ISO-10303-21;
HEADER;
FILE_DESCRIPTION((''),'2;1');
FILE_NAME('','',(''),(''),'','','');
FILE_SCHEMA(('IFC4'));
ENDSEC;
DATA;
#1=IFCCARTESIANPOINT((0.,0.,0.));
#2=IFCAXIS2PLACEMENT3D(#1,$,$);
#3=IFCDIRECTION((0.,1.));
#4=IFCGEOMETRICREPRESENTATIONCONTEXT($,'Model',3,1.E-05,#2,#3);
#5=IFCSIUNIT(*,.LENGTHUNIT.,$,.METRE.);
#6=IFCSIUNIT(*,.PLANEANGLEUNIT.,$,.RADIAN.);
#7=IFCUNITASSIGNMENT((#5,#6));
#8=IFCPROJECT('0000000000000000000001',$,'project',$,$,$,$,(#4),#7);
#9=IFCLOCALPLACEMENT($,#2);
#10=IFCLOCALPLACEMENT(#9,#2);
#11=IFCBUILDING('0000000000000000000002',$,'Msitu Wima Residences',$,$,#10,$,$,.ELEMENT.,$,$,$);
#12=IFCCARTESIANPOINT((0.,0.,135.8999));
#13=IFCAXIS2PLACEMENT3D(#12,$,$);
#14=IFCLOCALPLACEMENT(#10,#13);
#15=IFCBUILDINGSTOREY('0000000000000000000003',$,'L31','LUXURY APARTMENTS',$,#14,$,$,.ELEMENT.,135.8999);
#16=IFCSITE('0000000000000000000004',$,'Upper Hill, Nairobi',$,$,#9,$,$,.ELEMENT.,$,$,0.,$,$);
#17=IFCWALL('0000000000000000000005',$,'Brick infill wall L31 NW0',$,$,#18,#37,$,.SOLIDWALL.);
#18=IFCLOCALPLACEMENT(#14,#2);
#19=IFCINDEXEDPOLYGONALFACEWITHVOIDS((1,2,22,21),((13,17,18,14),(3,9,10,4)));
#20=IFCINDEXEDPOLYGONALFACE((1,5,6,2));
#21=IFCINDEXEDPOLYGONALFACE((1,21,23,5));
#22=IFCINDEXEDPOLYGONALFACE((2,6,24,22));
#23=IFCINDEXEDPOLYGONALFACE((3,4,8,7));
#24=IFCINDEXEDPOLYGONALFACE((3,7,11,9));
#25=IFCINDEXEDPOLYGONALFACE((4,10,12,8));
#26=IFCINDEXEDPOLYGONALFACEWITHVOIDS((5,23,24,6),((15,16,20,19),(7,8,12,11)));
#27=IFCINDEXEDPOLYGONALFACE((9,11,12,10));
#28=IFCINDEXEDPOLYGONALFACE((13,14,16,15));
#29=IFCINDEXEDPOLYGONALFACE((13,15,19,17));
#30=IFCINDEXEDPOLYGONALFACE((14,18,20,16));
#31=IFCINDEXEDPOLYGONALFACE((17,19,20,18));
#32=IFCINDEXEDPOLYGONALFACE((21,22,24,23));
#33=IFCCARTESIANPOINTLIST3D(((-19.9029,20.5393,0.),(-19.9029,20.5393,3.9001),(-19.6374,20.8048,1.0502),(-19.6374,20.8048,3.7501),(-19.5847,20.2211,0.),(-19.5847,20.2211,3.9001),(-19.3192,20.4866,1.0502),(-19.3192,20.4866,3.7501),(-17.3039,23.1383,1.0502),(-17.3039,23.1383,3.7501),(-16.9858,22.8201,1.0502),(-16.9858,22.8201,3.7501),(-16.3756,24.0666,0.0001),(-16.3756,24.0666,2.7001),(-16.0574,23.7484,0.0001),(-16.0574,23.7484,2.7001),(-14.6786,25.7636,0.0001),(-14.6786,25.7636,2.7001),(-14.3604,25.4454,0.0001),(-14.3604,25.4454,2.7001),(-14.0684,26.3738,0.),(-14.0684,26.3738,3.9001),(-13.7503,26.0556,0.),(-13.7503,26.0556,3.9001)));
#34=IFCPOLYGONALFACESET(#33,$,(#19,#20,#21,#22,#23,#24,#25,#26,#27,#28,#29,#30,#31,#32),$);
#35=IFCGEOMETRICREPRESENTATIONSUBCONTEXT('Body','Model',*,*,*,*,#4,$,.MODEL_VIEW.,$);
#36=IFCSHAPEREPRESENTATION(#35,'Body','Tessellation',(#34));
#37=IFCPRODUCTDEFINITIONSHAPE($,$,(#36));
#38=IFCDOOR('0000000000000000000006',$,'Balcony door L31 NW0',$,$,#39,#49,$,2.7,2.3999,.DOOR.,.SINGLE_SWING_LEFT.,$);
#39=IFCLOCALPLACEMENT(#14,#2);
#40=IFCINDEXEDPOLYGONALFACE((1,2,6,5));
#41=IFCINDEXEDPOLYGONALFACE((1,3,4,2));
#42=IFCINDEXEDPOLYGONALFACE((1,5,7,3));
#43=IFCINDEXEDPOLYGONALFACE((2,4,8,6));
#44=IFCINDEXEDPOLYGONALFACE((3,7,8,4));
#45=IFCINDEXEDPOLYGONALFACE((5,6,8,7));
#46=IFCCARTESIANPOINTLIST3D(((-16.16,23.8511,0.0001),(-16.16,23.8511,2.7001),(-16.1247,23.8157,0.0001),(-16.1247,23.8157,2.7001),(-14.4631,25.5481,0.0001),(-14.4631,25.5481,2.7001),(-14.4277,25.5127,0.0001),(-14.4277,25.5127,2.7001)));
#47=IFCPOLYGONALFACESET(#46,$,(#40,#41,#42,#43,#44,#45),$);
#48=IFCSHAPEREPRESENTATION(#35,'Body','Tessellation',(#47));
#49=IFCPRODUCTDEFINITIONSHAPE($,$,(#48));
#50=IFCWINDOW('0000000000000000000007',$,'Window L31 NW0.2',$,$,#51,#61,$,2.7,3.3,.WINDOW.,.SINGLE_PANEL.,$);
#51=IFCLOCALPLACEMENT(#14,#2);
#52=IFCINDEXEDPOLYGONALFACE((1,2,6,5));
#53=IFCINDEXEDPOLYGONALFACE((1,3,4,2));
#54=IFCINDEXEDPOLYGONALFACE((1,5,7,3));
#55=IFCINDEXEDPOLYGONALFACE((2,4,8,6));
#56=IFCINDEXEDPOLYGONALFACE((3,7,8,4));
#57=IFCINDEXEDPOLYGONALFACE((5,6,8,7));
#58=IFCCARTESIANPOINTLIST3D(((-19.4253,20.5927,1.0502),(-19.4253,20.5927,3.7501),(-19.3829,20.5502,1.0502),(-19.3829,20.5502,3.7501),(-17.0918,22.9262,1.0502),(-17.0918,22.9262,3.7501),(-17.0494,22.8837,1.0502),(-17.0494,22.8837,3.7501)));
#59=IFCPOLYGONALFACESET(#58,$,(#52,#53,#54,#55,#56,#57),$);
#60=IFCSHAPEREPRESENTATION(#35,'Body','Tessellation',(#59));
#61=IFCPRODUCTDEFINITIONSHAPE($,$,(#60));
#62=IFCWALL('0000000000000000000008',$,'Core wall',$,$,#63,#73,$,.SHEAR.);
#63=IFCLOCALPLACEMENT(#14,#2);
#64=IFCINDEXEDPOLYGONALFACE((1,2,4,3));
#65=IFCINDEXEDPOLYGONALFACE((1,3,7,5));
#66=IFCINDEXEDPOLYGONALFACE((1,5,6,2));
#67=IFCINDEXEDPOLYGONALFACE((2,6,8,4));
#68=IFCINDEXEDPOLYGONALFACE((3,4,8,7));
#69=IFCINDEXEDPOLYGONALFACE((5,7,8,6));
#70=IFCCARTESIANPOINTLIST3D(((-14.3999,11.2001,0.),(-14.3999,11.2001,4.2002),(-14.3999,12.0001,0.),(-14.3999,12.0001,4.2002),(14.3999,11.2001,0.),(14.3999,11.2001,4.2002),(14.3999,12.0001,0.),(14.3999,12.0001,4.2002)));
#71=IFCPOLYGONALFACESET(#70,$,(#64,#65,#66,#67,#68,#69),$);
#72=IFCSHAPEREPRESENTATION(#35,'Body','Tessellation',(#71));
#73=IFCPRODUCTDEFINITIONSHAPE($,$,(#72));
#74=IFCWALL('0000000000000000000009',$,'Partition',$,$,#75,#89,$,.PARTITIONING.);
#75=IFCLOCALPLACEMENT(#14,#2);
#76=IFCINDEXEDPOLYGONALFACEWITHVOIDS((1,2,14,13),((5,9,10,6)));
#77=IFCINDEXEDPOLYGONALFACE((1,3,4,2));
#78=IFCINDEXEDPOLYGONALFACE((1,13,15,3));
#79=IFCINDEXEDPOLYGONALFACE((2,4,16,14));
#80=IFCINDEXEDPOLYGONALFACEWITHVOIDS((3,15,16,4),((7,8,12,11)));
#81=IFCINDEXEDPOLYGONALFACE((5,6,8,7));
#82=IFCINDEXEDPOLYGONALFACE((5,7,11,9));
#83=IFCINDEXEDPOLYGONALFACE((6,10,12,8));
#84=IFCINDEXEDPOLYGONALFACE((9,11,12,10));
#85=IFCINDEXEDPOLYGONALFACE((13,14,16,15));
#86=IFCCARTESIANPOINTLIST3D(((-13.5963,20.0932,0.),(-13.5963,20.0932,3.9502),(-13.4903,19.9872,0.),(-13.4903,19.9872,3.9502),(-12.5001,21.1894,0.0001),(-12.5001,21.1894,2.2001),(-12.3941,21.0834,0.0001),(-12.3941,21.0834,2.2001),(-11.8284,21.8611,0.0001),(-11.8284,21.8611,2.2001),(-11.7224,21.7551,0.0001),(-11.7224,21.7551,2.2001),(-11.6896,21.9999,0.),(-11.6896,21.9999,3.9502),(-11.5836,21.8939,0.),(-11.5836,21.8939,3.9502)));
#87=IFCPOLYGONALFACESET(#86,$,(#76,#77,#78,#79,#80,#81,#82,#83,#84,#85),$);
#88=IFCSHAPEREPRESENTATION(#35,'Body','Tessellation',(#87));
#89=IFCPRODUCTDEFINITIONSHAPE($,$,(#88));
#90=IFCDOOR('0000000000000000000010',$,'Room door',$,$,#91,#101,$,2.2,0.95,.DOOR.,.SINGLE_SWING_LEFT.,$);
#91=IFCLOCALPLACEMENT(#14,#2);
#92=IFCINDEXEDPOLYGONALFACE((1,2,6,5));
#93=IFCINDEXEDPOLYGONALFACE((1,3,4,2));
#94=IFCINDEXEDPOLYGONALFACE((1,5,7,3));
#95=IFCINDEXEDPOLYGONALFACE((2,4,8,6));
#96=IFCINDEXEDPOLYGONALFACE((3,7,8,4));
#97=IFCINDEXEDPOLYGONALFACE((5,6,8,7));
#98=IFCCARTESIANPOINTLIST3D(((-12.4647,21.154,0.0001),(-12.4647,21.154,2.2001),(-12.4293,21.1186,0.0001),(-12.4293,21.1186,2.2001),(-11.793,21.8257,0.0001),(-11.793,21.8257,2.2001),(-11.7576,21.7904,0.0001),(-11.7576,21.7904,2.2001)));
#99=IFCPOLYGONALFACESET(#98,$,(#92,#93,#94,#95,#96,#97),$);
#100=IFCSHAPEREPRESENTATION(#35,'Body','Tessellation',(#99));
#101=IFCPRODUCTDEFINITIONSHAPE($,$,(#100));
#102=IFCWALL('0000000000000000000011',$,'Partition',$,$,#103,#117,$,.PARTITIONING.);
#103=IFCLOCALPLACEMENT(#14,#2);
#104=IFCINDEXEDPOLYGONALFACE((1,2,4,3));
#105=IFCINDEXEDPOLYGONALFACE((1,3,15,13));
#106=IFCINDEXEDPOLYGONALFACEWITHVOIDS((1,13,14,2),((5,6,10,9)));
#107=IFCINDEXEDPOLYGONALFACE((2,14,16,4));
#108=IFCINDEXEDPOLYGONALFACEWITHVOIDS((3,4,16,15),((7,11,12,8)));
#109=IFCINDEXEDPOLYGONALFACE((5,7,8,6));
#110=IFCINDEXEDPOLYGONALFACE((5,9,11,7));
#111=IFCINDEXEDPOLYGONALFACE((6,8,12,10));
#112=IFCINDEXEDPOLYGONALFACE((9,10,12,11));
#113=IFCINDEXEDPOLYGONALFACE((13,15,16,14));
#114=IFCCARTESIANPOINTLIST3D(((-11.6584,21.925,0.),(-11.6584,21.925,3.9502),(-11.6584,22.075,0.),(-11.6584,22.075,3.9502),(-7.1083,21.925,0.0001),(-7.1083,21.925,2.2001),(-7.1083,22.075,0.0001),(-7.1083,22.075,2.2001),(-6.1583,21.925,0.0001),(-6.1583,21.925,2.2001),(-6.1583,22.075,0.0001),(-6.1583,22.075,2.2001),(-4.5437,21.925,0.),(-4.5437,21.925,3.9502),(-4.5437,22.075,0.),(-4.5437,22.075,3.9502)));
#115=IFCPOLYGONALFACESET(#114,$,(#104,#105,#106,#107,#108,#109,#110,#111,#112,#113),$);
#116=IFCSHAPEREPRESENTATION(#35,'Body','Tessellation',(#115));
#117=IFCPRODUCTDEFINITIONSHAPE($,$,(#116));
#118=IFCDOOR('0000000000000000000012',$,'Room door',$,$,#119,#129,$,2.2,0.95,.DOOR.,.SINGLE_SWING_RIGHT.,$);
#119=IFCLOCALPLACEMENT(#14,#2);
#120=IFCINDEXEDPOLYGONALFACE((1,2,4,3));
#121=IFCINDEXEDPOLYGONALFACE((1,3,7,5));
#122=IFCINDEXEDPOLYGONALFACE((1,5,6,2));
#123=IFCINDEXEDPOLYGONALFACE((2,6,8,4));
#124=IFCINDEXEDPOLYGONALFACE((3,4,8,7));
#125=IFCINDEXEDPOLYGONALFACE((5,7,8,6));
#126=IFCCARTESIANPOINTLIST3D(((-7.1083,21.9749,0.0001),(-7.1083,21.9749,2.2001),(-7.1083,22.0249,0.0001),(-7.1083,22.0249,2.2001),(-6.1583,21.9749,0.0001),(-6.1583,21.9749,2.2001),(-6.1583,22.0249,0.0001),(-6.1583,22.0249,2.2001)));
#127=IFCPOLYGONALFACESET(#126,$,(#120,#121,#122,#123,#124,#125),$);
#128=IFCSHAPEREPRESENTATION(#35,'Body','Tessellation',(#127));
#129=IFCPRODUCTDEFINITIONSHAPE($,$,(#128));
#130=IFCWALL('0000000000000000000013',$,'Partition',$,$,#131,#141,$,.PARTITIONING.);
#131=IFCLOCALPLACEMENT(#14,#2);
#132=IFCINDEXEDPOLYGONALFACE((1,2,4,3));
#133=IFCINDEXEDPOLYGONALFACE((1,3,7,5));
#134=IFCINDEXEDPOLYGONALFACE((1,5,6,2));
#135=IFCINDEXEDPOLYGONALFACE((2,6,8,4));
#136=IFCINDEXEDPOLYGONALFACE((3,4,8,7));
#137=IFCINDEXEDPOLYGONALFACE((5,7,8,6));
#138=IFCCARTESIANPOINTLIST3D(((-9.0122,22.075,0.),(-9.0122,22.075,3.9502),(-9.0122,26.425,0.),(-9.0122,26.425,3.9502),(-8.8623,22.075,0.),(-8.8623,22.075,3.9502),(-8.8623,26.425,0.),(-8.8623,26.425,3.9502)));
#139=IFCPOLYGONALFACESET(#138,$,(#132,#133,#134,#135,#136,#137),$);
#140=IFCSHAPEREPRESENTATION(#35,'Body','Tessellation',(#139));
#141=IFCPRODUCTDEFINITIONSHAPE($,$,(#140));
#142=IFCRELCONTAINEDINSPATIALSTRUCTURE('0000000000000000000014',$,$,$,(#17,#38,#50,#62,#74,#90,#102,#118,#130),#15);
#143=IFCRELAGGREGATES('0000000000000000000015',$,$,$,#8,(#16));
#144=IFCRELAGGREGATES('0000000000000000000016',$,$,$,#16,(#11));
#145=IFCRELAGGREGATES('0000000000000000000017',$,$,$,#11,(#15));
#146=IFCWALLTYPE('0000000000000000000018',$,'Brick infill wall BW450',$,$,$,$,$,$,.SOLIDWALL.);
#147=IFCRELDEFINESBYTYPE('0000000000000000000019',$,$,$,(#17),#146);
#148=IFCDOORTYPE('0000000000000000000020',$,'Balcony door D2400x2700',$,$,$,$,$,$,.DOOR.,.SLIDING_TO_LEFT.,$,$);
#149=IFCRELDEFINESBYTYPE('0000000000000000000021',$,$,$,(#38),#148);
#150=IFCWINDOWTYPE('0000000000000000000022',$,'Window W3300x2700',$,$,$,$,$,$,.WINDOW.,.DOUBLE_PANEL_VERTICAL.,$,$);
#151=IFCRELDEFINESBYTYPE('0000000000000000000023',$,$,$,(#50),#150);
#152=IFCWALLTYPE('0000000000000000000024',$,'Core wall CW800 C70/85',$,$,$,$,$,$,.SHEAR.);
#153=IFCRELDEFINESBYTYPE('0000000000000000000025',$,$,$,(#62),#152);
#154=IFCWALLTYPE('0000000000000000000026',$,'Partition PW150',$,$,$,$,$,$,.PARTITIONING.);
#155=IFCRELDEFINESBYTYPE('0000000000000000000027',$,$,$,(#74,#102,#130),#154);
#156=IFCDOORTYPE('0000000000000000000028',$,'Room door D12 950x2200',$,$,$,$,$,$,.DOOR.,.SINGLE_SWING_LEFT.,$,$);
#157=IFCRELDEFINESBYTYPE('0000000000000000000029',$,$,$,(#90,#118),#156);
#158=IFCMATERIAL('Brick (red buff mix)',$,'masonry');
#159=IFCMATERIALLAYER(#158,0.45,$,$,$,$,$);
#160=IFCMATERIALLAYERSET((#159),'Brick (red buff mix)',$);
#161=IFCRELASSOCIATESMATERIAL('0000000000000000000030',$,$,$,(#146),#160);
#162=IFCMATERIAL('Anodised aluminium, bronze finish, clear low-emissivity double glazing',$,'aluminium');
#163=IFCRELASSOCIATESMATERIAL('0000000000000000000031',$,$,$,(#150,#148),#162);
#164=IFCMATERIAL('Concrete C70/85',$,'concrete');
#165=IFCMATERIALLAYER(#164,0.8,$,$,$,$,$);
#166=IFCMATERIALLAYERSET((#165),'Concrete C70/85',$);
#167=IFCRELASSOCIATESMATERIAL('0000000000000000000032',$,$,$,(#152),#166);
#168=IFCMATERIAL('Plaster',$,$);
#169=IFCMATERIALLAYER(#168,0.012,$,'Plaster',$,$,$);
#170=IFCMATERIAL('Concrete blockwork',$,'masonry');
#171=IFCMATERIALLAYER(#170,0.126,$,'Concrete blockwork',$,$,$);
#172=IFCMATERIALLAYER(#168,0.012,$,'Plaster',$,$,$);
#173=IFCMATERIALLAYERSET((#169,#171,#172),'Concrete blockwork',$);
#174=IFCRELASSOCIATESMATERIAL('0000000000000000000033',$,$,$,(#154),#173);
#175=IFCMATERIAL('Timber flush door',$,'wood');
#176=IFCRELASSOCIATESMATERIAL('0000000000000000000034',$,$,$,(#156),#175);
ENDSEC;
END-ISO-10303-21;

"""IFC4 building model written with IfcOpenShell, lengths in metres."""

from ifc_helpers import new_model, si_unit, direction, frame, frame_2d, origin, place, context, subcontext, project, spatial, rectangle, extrude, material, layer, layer_set, type_object, element, fill, save


model = new_model("IFC4")

# Units and contexts
model_context = context("Model", 3, precision=1e-05, world=origin(), true_north=direction((0.0, 1.0)))
body_context = subcontext(model_context, "Body", "Model", "MODEL_VIEW")
ifc_project = project(units=[si_unit("LENGTHUNIT", "METRE"), si_unit("PLANEANGLEUNIT", "RADIAN")], contexts=[model_context])

# Site, building, storey
site_placement = place(None, origin())
site = spatial("IfcSite", under=ifc_project, at=site_placement, Name="Upper Hill, Nairobi", CompositionType="ELEMENT", RefElevation=0.0)
building_placement = place(site_placement, origin())
building = spatial("IfcBuilding", under=site, at=building_placement, Name="Msitu Wima Residences", CompositionType="ELEMENT")
storey_placement = place(building_placement, frame((0.0, 0.0, 135.8999)))
storey = spatial("IfcBuildingStorey", under=building, at=storey_placement, Name="L31", Description="LUXURY APARTMENTS", CompositionType="ELEMENT", Elevation=135.8999)

# Shared definitions
ifc_material_1 = material(Name="Concrete C70/85", Category="concrete")

# Shared definitions
ifc_material_2 = material(Name="Brick (red buff mix)", Category="masonry")
ifc_layer_1 = layer(ifc_material_2, 0.45)
ifc_layer_set_1 = layer_set([ifc_layer_1], Name="Brick (red buff mix)")
wall_type_1 = type_object("IfcWallType", Name="Brick infill wall BW450", PredefinedType="SOLIDWALL", material=ifc_layer_set_1)
ifc_material_3 = material(Name="Anodised aluminium, bronze finish, clear low-emissivity double glazing", Category="aluminium")
window_type = type_object("IfcWindowType", Name="Window W3300x2700", PartitioningType="DOUBLE_PANEL_VERTICAL", PredefinedType="WINDOW", material=ifc_material_3)

# Wall, openings, door, window
wall_1_placement = place(storey_placement, frame((-13.9094, 26.2146, 0.0), z_axis=(0.0, 0.0, 1.0), x_axis=(-0.707107, -0.707107, 0.0)))
wall_1 = element("IfcWall", 1, at=wall_1_placement, inside=storey, type_object=wall_type_1, Name="Brick infill wall L31 NW0", PredefinedType="SOLIDWALL", context=body_context, shape_type="SweptSolid", body=[
    extrude(rectangle(XDim=8.2512, YDim=0.45, at=frame_2d((4.1255, 0.0))), origin(), (0.0, 0.0, 1.0), 3.9001),
])
opening_1_placement = place(wall_1_placement, frame((0.8628, 0.0, 0.0)))
opening_1 = element("IfcOpeningElement", 2, at=opening_1_placement, cuts=wall_1, PredefinedType="OPENING", context=body_context, shape_type="SweptSolid", body=[
    extrude(rectangle(XDim=2.3999, YDim=2.7, at=frame_2d((1.2, 1.3501))), frame((0.0, 0.2349, 0.0), z_axis=(0.0, -1.0, 0.0), x_axis=(1.0, 0.0, 0.0)), (0.0, 0.0, 1.0), 0.47),
])
opening_2_placement = place(wall_1_placement, frame((4.5757, 0.0, 1.05)))
opening_2 = element("IfcOpeningElement", 3, at=opening_2_placement, cuts=wall_1, PredefinedType="OPENING", context=body_context, shape_type="SweptSolid", body=[
    extrude(rectangle(XDim=3.3, YDim=2.7, at=frame_2d((1.6499, 1.3501))), frame((0.0, 0.2349, 0.0), z_axis=(0.0, -1.0, 0.0), x_axis=(1.0, 0.0, 0.0)), (0.0, 0.0, 1.0), 0.47),
])
door_type_1 = type_object("IfcDoorType", Name="Balcony door D2400x2700", OperationType="SLIDING_TO_LEFT", PredefinedType="DOOR", material=ifc_material_3)
door_1_placement = place(opening_1_placement, origin())
door_1 = element("IfcDoor", 4, at=door_1_placement, inside=storey, type_object=door_type_1, Name="Balcony door L31 NW0", OperationType="SINGLE_SWING_LEFT", OverallHeight=2.7, OverallWidth=2.3999, PredefinedType="DOOR", context=body_context, shape_type="SweptSolid", body=[
    extrude(rectangle(XDim=2.3999, YDim=2.7, at=frame_2d((1.2, 1.3501))), frame((0.0, 0.1299, 0.0), z_axis=(0.0, -1.0, 0.0), x_axis=(1.0, 0.0, 0.0)), (0.0, 0.0, 1.0), 0.05),
])
fill(opening_1, door_1)
window_1_placement = place(opening_2_placement, origin())
window_1 = element("IfcWindow", 5, at=window_1_placement, inside=storey, type_object=window_type, Name="Window L31 NW0.2", OverallHeight=2.7, OverallWidth=3.3, PartitioningType="SINGLE_PANEL", PredefinedType="WINDOW", context=body_context, shape_type="SweptSolid", body=[
    extrude(rectangle(XDim=3.3, YDim=2.7, at=frame_2d((1.6499, 1.3501))), frame((0.0, 0.135, 0.0), z_axis=(0.0, -1.0, 0.0), x_axis=(1.0, 0.0, 0.0)), (0.0, 0.0, 1.0), 0.0601),
])
fill(opening_2, window_1)

# Wall
ifc_layer_2 = layer(ifc_material_1, 0.8)
ifc_layer_set_2 = layer_set([ifc_layer_2], Name="Concrete C70/85")
wall_type_2 = type_object("IfcWallType", Name="Core wall CW800 C70/85", PredefinedType="SHEAR", material=ifc_layer_set_2)
wall_2_placement = place(storey_placement, frame((-14.3999, 11.6001, 0.0), z_axis=(0.0, 0.0, 1.0), x_axis=(1.0, 0.0, 0.0)))
element("IfcWall", 6, at=wall_2_placement, inside=storey, type_object=wall_type_2, Name="Core wall", PredefinedType="SHEAR", context=body_context, shape_type="SweptSolid", body=[
    extrude(rectangle(XDim=28.7998, YDim=0.8, at=frame_2d((14.3999, 0.0))), origin(), (0.0, 0.0, 1.0), 4.2002),
])

# Walls, openings, doors
ifc_material_4 = material(Name="Plaster")
ifc_layer_3 = layer(ifc_material_4, 0.012, Name="Plaster")
ifc_material_5 = material(Name="Concrete blockwork", Category="masonry")
ifc_layer_4 = layer(ifc_material_5, 0.126, Name="Concrete blockwork")
ifc_layer_5 = layer(ifc_material_4, 0.012, Name="Plaster")
ifc_layer_set_3 = layer_set([ifc_layer_3, ifc_layer_4, ifc_layer_5], Name="Concrete blockwork")
wall_type_3 = type_object("IfcWallType", Name="Partition PW150", PredefinedType="PARTITIONING", material=ifc_layer_set_3)
wall_3_placement = place(storey_placement, frame((-13.5432, 20.0403, 0.0), z_axis=(0.0, 0.0, 1.0), x_axis=(0.707107, 0.707107, 0.0)))
wall_3 = element("IfcWall", 7, at=wall_3_placement, inside=storey, type_object=wall_type_3, Name="Partition", PredefinedType="PARTITIONING", context=body_context, shape_type="SweptSolid", body=[
    extrude(rectangle(XDim=2.6965, YDim=0.1499, at=frame_2d((1.3481, 0.0))), origin(), (0.0, 0.0, 1.0), 3.9502),
])
opening_3_placement = place(wall_3_placement, frame((1.55, 0.0, 0.0)))
opening_3 = element("IfcOpeningElement", 8, at=opening_3_placement, cuts=wall_3, PredefinedType="OPENING", context=body_context, shape_type="SweptSolid", body=[
    extrude(rectangle(XDim=0.95, YDim=2.2, at=frame_2d((0.4751, 1.1001))), frame((0.0, 0.085, 0.0), z_axis=(0.0, -1.0, 0.0), x_axis=(1.0, 0.0, 0.0)), (0.0, 0.0, 1.0), 0.1699),
])
ifc_material_6 = material(Name="Timber flush door", Category="wood")
door_type_2 = type_object("IfcDoorType", Name="Room door D12 950x2200", OperationType="SINGLE_SWING_LEFT", PredefinedType="DOOR", material=ifc_material_6)
door_2_placement = place(opening_3_placement, origin())
door_2 = element("IfcDoor", 9, at=door_2_placement, inside=storey, type_object=door_type_2, Name="Room door", OperationType="SINGLE_SWING_LEFT", OverallHeight=2.2, OverallWidth=0.95, PredefinedType="DOOR", context=body_context, shape_type="SweptSolid", body=[
    extrude(rectangle(XDim=0.95, YDim=2.2, at=frame_2d((0.4751, 1.1001))), frame((0.0, 0.0249, 0.0), z_axis=(0.0, -1.0, 0.0), x_axis=(1.0, 0.0, 0.0)), (0.0, 0.0, 1.0), 0.05),
])
fill(opening_3, door_2)
wall_4_placement = place(storey_placement, frame((-11.6584, 22.0, 0.0), z_axis=(0.0, 0.0, 1.0), x_axis=(1.0, 0.0, 0.0)))
wall_4 = element("IfcWall", 10, at=wall_4_placement, inside=storey, type_object=wall_type_3, Name="Partition", PredefinedType="PARTITIONING", context=body_context, shape_type="SweptSolid", body=[
    extrude(rectangle(XDim=7.1147, YDim=0.1499, at=frame_2d((3.5574, 0.0))), origin(), (0.0, 0.0, 1.0), 3.9502),
])
opening_4_placement = place(wall_4_placement, frame((4.55, 0.0, 0.0)))
opening_4 = element("IfcOpeningElement", 11, at=opening_4_placement, cuts=wall_4, PredefinedType="OPENING", context=body_context, shape_type="SweptSolid", body=[
    extrude(rectangle(XDim=0.95, YDim=2.2, at=frame_2d((0.4751, 1.1001))), frame((0.0, 0.085, 0.0), z_axis=(0.0, -1.0, 0.0), x_axis=(1.0, 0.0, 0.0)), (0.0, 0.0, 1.0), 0.1699),
])
door_3_placement = place(opening_4_placement, origin())
door_3 = element("IfcDoor", 12, at=door_3_placement, inside=storey, type_object=door_type_2, Name="Room door", OperationType="SINGLE_SWING_RIGHT", OverallHeight=2.2, OverallWidth=0.95, PredefinedType="DOOR", context=body_context, shape_type="SweptSolid", body=[
    extrude(rectangle(XDim=0.95, YDim=2.2, at=frame_2d((0.4751, 1.1001))), frame((0.0, 0.0249, 0.0), z_axis=(0.0, -1.0, 0.0), x_axis=(1.0, 0.0, 0.0)), (0.0, 0.0, 1.0), 0.05),
])
fill(opening_4, door_3)

# Wall
wall_5_placement = place(storey_placement, frame((-8.9373, 22.075, 0.0), z_axis=(0.0, 0.0, 1.0), x_axis=(0.0, 1.0, 0.0)))
element("IfcWall", 13, at=wall_5_placement, inside=storey, type_object=wall_type_3, Name="Partition", PredefinedType="PARTITIONING", context=body_context, shape_type="SweptSolid", body=[
    extrude(rectangle(XDim=4.3501, YDim=0.1499, at=frame_2d((2.175, 0.0))), origin(), (0.0, 0.0, 1.0), 3.9502),
])

save(model, "model.ifc")
